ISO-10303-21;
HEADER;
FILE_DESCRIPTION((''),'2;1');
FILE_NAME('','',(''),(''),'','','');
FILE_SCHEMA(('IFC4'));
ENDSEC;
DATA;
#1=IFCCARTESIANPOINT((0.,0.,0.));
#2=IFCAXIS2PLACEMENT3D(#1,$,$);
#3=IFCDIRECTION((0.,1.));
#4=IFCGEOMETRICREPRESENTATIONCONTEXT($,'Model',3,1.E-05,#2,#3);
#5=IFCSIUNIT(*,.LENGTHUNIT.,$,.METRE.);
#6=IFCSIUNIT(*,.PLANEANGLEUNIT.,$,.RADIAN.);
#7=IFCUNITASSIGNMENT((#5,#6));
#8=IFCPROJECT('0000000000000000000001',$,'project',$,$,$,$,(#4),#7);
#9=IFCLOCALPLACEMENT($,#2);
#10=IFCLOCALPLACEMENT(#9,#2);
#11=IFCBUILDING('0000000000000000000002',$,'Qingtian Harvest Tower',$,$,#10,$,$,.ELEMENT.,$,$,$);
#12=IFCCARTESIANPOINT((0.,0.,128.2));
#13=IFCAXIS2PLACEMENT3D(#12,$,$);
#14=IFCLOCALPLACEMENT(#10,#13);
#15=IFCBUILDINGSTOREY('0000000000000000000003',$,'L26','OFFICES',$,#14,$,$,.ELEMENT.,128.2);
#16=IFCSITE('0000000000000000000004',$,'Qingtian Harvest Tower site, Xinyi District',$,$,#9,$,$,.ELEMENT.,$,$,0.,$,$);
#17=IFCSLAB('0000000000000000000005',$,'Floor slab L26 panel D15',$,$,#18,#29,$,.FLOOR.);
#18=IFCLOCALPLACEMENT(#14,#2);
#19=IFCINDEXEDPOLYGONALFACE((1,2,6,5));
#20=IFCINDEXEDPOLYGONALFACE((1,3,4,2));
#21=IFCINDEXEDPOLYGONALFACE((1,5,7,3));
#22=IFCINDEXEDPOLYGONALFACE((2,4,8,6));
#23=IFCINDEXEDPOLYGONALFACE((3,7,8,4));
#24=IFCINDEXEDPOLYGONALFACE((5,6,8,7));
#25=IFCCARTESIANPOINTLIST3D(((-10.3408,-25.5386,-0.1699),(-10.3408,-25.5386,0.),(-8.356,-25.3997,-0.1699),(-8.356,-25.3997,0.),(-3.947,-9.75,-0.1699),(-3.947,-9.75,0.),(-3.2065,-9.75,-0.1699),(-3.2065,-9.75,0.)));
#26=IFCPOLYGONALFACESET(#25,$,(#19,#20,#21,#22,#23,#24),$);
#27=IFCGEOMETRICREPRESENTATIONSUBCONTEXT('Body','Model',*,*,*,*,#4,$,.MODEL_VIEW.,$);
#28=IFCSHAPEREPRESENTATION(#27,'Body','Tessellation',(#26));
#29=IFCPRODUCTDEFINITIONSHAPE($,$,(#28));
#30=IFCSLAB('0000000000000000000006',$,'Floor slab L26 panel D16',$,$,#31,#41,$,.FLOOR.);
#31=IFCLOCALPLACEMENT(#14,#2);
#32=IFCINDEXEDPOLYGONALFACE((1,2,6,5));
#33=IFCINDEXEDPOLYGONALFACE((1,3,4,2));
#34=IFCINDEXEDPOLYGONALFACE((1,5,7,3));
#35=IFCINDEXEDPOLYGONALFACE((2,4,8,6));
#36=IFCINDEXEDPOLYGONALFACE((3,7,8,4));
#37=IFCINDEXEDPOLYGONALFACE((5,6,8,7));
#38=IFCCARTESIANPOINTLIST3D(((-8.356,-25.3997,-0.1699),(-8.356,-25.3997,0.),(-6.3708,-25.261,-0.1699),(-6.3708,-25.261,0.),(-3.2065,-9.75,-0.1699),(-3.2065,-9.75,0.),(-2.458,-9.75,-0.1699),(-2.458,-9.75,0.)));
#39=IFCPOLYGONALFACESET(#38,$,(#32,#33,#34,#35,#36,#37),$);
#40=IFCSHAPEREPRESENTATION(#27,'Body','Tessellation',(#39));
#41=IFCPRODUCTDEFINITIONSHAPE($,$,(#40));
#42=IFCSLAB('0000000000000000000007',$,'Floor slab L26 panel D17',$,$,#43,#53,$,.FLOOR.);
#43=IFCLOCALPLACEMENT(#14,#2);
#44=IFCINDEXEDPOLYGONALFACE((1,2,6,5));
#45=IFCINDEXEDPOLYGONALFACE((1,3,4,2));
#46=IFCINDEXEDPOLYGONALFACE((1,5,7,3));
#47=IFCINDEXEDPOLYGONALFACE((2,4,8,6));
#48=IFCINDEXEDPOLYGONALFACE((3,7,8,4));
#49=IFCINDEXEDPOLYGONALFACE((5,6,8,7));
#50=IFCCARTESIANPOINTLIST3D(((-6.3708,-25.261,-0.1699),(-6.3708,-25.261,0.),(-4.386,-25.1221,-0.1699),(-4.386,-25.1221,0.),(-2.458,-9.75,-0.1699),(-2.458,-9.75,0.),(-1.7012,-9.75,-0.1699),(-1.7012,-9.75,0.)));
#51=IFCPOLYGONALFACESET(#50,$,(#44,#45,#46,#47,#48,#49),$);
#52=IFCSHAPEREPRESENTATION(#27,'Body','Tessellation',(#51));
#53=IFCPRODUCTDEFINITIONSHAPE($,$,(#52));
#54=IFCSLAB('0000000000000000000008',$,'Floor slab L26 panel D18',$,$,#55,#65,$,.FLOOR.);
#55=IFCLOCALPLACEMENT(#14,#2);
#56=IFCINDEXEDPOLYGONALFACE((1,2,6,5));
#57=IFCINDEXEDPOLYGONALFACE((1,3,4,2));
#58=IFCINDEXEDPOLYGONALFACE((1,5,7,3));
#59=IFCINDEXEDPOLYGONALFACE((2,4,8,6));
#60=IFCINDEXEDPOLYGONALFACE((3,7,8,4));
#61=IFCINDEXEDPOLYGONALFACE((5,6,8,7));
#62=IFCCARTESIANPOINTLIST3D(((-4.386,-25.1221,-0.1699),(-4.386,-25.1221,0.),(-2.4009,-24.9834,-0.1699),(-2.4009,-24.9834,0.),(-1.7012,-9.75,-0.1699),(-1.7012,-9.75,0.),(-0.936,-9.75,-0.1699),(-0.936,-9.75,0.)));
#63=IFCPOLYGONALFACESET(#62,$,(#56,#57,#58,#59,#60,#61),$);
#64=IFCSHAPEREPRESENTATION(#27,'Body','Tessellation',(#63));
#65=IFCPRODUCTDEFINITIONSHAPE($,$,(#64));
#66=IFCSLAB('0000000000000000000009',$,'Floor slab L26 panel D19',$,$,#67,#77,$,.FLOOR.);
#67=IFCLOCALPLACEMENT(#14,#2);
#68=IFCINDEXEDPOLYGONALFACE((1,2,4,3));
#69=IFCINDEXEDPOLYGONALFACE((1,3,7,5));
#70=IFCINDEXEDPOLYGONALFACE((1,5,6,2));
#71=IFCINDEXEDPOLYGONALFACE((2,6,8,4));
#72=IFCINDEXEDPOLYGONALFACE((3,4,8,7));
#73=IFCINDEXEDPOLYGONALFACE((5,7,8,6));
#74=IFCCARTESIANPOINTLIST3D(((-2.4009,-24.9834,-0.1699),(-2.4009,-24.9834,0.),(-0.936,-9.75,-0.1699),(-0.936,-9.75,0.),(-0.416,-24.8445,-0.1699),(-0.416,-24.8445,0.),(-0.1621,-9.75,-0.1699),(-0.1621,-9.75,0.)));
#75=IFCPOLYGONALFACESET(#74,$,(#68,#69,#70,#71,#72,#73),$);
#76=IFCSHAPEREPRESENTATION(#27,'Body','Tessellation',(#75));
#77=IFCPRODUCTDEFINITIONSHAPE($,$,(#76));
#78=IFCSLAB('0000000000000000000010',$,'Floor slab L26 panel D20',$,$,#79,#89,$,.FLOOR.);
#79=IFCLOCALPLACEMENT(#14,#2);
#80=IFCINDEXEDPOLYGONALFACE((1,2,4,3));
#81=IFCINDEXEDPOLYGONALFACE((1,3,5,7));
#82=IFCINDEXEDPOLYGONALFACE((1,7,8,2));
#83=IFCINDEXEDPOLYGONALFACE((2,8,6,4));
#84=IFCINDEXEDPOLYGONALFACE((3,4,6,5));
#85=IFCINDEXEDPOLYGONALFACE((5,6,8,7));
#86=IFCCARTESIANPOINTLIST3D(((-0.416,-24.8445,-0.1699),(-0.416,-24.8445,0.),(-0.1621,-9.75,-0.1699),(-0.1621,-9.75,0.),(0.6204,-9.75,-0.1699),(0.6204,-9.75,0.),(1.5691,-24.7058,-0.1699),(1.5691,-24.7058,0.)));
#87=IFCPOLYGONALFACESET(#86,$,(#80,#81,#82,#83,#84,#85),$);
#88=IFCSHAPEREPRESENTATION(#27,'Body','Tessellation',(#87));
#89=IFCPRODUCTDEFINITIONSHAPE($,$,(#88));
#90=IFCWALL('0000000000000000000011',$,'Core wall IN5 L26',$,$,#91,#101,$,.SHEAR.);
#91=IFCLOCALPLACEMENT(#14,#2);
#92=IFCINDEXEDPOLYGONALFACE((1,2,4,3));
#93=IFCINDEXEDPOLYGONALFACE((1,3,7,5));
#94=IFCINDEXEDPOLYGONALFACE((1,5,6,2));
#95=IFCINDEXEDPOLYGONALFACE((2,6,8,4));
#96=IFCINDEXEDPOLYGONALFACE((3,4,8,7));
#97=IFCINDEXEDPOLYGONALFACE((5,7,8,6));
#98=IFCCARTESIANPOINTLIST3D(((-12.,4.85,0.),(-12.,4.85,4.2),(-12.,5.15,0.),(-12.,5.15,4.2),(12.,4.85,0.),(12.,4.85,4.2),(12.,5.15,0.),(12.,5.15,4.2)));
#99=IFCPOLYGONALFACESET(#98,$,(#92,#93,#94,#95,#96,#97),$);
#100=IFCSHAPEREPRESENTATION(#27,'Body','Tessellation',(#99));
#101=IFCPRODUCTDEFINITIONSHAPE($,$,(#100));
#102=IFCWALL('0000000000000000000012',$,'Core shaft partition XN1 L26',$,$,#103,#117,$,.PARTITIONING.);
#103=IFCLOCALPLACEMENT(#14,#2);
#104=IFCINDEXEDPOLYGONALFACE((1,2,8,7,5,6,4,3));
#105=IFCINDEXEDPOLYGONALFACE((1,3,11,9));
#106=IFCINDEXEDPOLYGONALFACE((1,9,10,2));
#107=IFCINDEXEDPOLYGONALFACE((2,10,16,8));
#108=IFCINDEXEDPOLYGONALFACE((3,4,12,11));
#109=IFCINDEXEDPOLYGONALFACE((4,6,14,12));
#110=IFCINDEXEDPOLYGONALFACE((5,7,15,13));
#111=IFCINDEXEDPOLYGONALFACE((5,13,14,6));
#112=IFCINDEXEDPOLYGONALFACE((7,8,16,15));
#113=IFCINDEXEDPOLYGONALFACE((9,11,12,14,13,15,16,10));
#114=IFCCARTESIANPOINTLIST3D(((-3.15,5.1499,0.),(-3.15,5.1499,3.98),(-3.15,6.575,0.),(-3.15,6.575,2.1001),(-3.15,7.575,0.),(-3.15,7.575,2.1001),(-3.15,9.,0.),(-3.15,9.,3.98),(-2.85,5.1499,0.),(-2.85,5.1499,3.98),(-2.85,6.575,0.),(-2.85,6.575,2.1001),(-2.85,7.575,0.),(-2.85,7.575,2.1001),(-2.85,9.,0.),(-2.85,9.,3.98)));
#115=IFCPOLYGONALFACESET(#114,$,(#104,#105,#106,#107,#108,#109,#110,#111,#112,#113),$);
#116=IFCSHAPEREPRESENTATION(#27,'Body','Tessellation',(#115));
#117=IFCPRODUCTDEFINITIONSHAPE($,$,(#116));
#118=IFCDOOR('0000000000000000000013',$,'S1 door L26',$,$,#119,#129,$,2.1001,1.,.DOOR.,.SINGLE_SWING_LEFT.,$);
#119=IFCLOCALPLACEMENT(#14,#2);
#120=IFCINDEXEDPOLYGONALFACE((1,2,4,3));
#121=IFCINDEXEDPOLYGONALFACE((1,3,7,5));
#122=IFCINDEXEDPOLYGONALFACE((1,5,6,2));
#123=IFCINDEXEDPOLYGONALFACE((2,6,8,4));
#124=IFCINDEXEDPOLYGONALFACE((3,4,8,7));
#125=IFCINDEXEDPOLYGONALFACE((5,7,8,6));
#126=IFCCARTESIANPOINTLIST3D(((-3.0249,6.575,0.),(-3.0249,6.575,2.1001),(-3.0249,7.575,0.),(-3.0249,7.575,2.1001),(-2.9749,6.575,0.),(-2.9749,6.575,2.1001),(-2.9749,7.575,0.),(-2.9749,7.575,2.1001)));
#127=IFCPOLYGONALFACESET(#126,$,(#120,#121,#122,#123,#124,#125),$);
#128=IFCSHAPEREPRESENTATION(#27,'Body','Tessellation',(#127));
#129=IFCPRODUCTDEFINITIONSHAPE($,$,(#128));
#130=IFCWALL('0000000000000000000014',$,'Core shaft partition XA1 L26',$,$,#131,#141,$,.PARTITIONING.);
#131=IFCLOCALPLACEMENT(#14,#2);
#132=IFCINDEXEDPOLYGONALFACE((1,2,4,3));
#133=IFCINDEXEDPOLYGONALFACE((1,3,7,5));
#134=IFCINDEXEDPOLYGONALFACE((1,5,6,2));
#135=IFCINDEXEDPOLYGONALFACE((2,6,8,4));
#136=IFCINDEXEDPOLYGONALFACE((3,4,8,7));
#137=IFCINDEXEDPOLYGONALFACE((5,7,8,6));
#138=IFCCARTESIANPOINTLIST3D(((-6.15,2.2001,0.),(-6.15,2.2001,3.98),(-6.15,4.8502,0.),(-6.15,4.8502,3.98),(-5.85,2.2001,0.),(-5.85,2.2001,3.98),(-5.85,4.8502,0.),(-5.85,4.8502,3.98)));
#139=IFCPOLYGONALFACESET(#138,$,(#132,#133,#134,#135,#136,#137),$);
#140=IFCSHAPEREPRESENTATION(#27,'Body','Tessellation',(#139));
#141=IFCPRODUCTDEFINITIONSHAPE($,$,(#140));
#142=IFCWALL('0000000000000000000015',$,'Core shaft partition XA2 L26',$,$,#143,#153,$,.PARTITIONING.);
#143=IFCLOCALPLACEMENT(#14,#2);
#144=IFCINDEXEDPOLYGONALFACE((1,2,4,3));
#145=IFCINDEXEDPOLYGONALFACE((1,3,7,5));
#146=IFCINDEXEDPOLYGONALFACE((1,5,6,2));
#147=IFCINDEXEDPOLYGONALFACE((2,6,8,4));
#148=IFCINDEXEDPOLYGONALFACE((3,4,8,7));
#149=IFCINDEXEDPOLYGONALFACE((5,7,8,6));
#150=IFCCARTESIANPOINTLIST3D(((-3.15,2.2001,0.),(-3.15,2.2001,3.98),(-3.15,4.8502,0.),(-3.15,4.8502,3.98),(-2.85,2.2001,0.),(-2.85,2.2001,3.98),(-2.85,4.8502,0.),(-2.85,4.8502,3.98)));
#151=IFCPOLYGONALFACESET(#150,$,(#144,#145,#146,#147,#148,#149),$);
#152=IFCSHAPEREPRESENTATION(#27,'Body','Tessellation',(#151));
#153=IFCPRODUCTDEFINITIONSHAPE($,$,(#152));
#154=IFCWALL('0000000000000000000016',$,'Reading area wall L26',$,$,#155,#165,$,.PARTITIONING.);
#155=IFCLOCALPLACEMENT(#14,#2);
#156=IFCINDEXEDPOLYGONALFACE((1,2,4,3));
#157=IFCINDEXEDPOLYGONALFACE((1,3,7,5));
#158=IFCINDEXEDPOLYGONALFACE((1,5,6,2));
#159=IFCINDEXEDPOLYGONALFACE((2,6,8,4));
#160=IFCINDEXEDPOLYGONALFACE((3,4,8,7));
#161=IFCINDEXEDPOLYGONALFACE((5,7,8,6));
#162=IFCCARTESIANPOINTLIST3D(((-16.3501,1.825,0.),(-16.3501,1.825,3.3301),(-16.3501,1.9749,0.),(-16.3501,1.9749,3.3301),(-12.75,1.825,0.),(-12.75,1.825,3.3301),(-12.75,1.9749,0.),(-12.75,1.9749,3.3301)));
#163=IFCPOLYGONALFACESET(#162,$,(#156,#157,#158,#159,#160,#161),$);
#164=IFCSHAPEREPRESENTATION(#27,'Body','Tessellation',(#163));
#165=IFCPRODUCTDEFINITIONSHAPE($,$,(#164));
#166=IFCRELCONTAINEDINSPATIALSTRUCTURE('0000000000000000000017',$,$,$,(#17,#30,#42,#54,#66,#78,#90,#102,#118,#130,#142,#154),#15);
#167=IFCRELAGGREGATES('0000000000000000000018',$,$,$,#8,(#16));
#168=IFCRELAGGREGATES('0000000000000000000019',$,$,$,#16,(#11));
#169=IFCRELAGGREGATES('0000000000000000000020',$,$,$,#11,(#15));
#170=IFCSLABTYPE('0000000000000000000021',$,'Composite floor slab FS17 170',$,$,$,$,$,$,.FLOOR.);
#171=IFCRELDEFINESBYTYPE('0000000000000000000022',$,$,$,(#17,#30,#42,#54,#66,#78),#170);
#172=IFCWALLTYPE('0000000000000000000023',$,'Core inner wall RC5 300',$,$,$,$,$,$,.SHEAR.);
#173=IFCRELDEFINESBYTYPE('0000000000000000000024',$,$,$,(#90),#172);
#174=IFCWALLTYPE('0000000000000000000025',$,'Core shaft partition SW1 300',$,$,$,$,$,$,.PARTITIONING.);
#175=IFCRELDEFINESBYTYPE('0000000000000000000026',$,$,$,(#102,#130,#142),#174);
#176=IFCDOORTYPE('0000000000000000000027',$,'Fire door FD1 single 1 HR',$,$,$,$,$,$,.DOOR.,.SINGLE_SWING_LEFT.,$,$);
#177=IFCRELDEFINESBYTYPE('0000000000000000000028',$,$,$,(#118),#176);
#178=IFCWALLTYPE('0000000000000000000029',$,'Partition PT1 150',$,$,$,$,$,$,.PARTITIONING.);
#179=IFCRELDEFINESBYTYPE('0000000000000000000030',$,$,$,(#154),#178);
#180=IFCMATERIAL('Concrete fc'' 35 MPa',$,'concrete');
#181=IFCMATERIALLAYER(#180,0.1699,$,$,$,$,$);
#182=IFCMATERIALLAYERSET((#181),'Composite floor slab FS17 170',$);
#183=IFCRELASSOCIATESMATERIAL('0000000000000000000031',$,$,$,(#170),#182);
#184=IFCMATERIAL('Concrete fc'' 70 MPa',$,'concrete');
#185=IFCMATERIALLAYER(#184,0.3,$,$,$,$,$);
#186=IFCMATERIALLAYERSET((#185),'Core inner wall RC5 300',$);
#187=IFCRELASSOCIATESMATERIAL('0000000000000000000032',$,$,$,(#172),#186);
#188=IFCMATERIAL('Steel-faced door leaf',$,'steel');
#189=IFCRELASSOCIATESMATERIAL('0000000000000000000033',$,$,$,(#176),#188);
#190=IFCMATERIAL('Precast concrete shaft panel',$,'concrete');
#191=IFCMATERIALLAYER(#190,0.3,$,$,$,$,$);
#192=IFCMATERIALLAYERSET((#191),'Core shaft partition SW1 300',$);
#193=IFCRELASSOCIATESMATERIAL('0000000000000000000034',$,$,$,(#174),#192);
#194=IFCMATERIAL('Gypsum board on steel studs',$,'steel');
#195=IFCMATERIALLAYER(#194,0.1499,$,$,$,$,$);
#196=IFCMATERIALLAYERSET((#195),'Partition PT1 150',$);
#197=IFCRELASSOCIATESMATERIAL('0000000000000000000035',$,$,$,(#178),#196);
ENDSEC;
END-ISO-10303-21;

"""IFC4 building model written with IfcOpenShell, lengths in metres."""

from ifc_helpers import new_model, si_unit, direction, frame, frame_2d, origin, place, context, subcontext, project, spatial, polyline, rectangle, outline, extrude, material, layer, layer_set, type_object, element, fill, save


model = new_model("IFC4")

# Units and contexts
model_context = context("Model", 3, precision=1e-05, world=origin(), true_north=direction((0.0, 1.0)))
body_context = subcontext(model_context, "Body", "Model", "MODEL_VIEW")
ifc_project = project(units=[si_unit("LENGTHUNIT", "METRE"), si_unit("PLANEANGLEUNIT", "RADIAN")], contexts=[model_context])

# Site, building, storey
site_placement = place(None, origin())
site = spatial("IfcSite", under=ifc_project, at=site_placement, Name="Qingtian Harvest Tower site, Xinyi District", CompositionType="ELEMENT", RefElevation=0.0)
building_placement = place(site_placement, origin())
building = spatial("IfcBuilding", under=site, at=building_placement, Name="Qingtian Harvest Tower", CompositionType="ELEMENT")
storey_placement = place(building_placement, frame((0.0, 0.0, 128.2)))
storey = spatial("IfcBuildingStorey", under=building, at=storey_placement, Name="L26", Description="OFFICES", CompositionType="ELEMENT", Elevation=128.2)

# Slabs
ifc_material_1 = material(Name="Concrete fc' 35 MPa", Category="concrete")
ifc_layer_1 = layer(ifc_material_1, 0.1699)
ifc_layer_set_1 = layer_set([ifc_layer_1], Name="Composite floor slab FS17 170")
slab_type = type_object("IfcSlabType", Name="Composite floor slab FS17 170", PredefinedType="FLOOR", material=ifc_layer_set_1)
slab_1_placement = place(storey_placement, frame((0.0, 0.0, -0.1699)))
element("IfcSlab", 1, at=slab_1_placement, inside=storey, type_object=slab_type, Name="Floor slab L26 panel D15", PredefinedType="FLOOR", context=body_context, shape_type="SweptSolid", body=[
    extrude(outline(polyline([(-3.2065, -9.75), (-8.356, -25.3997), (-10.3408, -25.5386), (-3.947, -9.75), (-3.2065, -9.75)])), origin(), (0.0, 0.0, 1.0), 0.1699),
])
slab_2_placement = place(storey_placement, frame((0.0, 0.0, -0.1699)))
element("IfcSlab", 2, at=slab_2_placement, inside=storey, type_object=slab_type, Name="Floor slab L26 panel D16", PredefinedType="FLOOR", context=body_context, shape_type="SweptSolid", body=[
    extrude(outline(polyline([(-2.458, -9.75), (-6.3708, -25.261), (-8.356, -25.3997), (-3.2065, -9.75), (-2.458, -9.75)])), origin(), (0.0, 0.0, 1.0), 0.1699),
])
slab_3_placement = place(storey_placement, frame((0.0, 0.0, -0.1699)))
element("IfcSlab", 3, at=slab_3_placement, inside=storey, type_object=slab_type, Name="Floor slab L26 panel D17", PredefinedType="FLOOR", context=body_context, shape_type="SweptSolid", body=[
    extrude(outline(polyline([(-1.7012, -9.75), (-4.386, -25.1221), (-6.3708, -25.261), (-2.458, -9.75), (-1.7012, -9.75)])), origin(), (0.0, 0.0, 1.0), 0.1699),
])
slab_4_placement = place(storey_placement, frame((0.0, 0.0, -0.1699)))
element("IfcSlab", 4, at=slab_4_placement, inside=storey, type_object=slab_type, Name="Floor slab L26 panel D18", PredefinedType="FLOOR", context=body_context, shape_type="SweptSolid", body=[
    extrude(outline(polyline([(-0.936, -9.75), (-2.4009, -24.9834), (-4.386, -25.1221), (-1.7012, -9.75), (-0.936, -9.75)])), origin(), (0.0, 0.0, 1.0), 0.1699),
])
slab_5_placement = place(storey_placement, frame((0.0, 0.0, -0.1699)))
element("IfcSlab", 5, at=slab_5_placement, inside=storey, type_object=slab_type, Name="Floor slab L26 panel D19", PredefinedType="FLOOR", context=body_context, shape_type="SweptSolid", body=[
    extrude(outline(polyline([(-0.1621, -9.75), (-0.416, -24.8445), (-2.4009, -24.9834), (-0.936, -9.75), (-0.1621, -9.75)])), origin(), (0.0, 0.0, 1.0), 0.1699),
])
slab_6_placement = place(storey_placement, frame((0.0, 0.0, -0.1699)))
element("IfcSlab", 6, at=slab_6_placement, inside=storey, type_object=slab_type, Name="Floor slab L26 panel D20", PredefinedType="FLOOR", context=body_context, shape_type="SweptSolid", body=[
    extrude(outline(polyline([(0.6204, -9.75), (1.5691, -24.7058), (-0.416, -24.8445), (-0.1621, -9.75), (0.6204, -9.75)])), origin(), (0.0, 0.0, 1.0), 0.1699),
])

# Wall
ifc_material_2 = material(Name="Concrete fc' 70 MPa", Category="concrete")
ifc_layer_2 = layer(ifc_material_2, 0.3)
ifc_layer_set_2 = layer_set([ifc_layer_2], Name="Core inner wall RC5 300")
wall_type_1 = type_object("IfcWallType", Name="Core inner wall RC5 300", PredefinedType="SHEAR", material=ifc_layer_set_2)
wall_1_placement = place(storey_placement, frame((-12.0, 5.0, 0.0), z_axis=(0.0, 0.0, 1.0), x_axis=(1.0, 0.0, 0.0)))
element("IfcWall", 7, at=wall_1_placement, inside=storey, type_object=wall_type_1, Name="Core wall IN5 L26", PredefinedType="SHEAR", context=body_context, shape_type="SweptSolid", body=[
    extrude(rectangle(XDim=24.0, YDim=0.3, at=frame_2d((12.0, 0.0))), origin(), (0.0, 0.0, 1.0), 4.2),
])

# Shared definitions
ifc_material_3 = material(Name="Steel-faced door leaf", Category="steel")
door_type_1 = type_object("IfcDoorType", Name="Fire door FD1 single 1 HR", OperationType="SINGLE_SWING_LEFT", PredefinedType="DOOR", material=ifc_material_3)

# Wall, opening, door
ifc_material_4 = material(Name="Precast concrete shaft panel", Category="concrete")
ifc_layer_3 = layer(ifc_material_4, 0.3)
ifc_layer_set_3 = layer_set([ifc_layer_3], Name="Core shaft partition SW1 300")
wall_type_2 = type_object("IfcWallType", Name="Core shaft partition SW1 300", PredefinedType="PARTITIONING", material=ifc_layer_set_3)
wall_2_placement = place(storey_placement, frame((-3.0, 5.1499, 0.0), z_axis=(0.0, 0.0, 1.0), x_axis=(0.0, 1.0, 0.0)))
wall_2 = element("IfcWall", 8, at=wall_2_placement, inside=storey, type_object=wall_type_2, Name="Core shaft partition XN1 L26", PredefinedType="PARTITIONING", context=body_context, shape_type="SweptSolid", body=[
    extrude(rectangle(XDim=3.8501, YDim=0.3, at=frame_2d((1.925, 0.0))), origin(), (0.0, 0.0, 1.0), 3.98),
])
opening_1_placement = place(wall_2_placement, frame((1.425, 0.0, 0.0)))
opening_1 = element("IfcOpeningElement", 9, at=opening_1_placement, cuts=wall_2, PredefinedType="OPENING", context=body_context, shape_type="SweptSolid", body=[
    extrude(rectangle(XDim=1.0, YDim=2.1001, at=frame_2d((0.5, 1.05))), frame((0.0, 0.1599, 0.0), z_axis=(0.0, -1.0, 0.0), x_axis=(1.0, 0.0, 0.0)), (0.0, 0.0, 1.0), 0.3201),
])
door_1_placement = place(opening_1_placement, origin())
door_1 = element("IfcDoor", 10, at=door_1_placement, inside=storey, type_object=door_type_1, Name="S1 door L26", OperationType="SINGLE_SWING_LEFT", OverallHeight=2.1001, OverallWidth=1.0, PredefinedType="DOOR", context=body_context, shape_type="SweptSolid", body=[
    extrude(rectangle(XDim=1.0, YDim=2.1001, at=frame_2d((0.5, 1.05))), frame((0.0, 0.0249, 0.0), z_axis=(0.0, -1.0, 0.0), x_axis=(1.0, 0.0, 0.0)), (0.0, 0.0, 1.0), 0.05),
])
fill(opening_1, door_1)

# Walls
for number, where, z_axis, x_axis, name in (
    (11, (-6.0, 2.2, 0.0), (0.0, 0.0, 1.0), (0.0, 1.0, 0.0), "Core shaft partition XA1 L26"),
    (12, (-3.0, 2.2, 0.0), (0.0, 0.0, 1.0), (0.0, 1.0, 0.0), "Core shaft partition XA2 L26"),
):
    element("IfcWall", number, at=place(storey_placement, frame(where, z_axis=z_axis, x_axis=x_axis)), inside=storey, type_object=wall_type_2, Name=name, PredefinedType="PARTITIONING", context=body_context, shape_type="SweptSolid", body=[
        extrude(rectangle(XDim=2.6501, YDim=0.3, at=frame_2d((1.3252, 0.0))), origin(), (0.0, 0.0, 1.0), 3.98),
    ])
ifc_material_5 = material(Name="Gypsum board on steel studs", Category="steel")
ifc_layer_4 = layer(ifc_material_5, 0.1499)
ifc_layer_set_4 = layer_set([ifc_layer_4], Name="Partition PT1 150")
wall_type_3 = type_object("IfcWallType", Name="Partition PT1 150", PredefinedType="PARTITIONING", material=ifc_layer_set_4)
wall_3_placement = place(storey_placement, frame((-12.75, 1.8999, 0.0), z_axis=(0.0, 0.0, 1.0), x_axis=(-1.0, 0.0, 0.0)))
element("IfcWall", 13, at=wall_3_placement, inside=storey, type_object=wall_type_3, Name="Reading area wall L26", PredefinedType="PARTITIONING", context=body_context, shape_type="SweptSolid", body=[
    extrude(rectangle(XDim=3.6001, YDim=0.1499, at=frame_2d((1.8, 0.0))), origin(), (0.0, 0.0, 1.0), 3.3301),
])

save(model, "model.ifc")
